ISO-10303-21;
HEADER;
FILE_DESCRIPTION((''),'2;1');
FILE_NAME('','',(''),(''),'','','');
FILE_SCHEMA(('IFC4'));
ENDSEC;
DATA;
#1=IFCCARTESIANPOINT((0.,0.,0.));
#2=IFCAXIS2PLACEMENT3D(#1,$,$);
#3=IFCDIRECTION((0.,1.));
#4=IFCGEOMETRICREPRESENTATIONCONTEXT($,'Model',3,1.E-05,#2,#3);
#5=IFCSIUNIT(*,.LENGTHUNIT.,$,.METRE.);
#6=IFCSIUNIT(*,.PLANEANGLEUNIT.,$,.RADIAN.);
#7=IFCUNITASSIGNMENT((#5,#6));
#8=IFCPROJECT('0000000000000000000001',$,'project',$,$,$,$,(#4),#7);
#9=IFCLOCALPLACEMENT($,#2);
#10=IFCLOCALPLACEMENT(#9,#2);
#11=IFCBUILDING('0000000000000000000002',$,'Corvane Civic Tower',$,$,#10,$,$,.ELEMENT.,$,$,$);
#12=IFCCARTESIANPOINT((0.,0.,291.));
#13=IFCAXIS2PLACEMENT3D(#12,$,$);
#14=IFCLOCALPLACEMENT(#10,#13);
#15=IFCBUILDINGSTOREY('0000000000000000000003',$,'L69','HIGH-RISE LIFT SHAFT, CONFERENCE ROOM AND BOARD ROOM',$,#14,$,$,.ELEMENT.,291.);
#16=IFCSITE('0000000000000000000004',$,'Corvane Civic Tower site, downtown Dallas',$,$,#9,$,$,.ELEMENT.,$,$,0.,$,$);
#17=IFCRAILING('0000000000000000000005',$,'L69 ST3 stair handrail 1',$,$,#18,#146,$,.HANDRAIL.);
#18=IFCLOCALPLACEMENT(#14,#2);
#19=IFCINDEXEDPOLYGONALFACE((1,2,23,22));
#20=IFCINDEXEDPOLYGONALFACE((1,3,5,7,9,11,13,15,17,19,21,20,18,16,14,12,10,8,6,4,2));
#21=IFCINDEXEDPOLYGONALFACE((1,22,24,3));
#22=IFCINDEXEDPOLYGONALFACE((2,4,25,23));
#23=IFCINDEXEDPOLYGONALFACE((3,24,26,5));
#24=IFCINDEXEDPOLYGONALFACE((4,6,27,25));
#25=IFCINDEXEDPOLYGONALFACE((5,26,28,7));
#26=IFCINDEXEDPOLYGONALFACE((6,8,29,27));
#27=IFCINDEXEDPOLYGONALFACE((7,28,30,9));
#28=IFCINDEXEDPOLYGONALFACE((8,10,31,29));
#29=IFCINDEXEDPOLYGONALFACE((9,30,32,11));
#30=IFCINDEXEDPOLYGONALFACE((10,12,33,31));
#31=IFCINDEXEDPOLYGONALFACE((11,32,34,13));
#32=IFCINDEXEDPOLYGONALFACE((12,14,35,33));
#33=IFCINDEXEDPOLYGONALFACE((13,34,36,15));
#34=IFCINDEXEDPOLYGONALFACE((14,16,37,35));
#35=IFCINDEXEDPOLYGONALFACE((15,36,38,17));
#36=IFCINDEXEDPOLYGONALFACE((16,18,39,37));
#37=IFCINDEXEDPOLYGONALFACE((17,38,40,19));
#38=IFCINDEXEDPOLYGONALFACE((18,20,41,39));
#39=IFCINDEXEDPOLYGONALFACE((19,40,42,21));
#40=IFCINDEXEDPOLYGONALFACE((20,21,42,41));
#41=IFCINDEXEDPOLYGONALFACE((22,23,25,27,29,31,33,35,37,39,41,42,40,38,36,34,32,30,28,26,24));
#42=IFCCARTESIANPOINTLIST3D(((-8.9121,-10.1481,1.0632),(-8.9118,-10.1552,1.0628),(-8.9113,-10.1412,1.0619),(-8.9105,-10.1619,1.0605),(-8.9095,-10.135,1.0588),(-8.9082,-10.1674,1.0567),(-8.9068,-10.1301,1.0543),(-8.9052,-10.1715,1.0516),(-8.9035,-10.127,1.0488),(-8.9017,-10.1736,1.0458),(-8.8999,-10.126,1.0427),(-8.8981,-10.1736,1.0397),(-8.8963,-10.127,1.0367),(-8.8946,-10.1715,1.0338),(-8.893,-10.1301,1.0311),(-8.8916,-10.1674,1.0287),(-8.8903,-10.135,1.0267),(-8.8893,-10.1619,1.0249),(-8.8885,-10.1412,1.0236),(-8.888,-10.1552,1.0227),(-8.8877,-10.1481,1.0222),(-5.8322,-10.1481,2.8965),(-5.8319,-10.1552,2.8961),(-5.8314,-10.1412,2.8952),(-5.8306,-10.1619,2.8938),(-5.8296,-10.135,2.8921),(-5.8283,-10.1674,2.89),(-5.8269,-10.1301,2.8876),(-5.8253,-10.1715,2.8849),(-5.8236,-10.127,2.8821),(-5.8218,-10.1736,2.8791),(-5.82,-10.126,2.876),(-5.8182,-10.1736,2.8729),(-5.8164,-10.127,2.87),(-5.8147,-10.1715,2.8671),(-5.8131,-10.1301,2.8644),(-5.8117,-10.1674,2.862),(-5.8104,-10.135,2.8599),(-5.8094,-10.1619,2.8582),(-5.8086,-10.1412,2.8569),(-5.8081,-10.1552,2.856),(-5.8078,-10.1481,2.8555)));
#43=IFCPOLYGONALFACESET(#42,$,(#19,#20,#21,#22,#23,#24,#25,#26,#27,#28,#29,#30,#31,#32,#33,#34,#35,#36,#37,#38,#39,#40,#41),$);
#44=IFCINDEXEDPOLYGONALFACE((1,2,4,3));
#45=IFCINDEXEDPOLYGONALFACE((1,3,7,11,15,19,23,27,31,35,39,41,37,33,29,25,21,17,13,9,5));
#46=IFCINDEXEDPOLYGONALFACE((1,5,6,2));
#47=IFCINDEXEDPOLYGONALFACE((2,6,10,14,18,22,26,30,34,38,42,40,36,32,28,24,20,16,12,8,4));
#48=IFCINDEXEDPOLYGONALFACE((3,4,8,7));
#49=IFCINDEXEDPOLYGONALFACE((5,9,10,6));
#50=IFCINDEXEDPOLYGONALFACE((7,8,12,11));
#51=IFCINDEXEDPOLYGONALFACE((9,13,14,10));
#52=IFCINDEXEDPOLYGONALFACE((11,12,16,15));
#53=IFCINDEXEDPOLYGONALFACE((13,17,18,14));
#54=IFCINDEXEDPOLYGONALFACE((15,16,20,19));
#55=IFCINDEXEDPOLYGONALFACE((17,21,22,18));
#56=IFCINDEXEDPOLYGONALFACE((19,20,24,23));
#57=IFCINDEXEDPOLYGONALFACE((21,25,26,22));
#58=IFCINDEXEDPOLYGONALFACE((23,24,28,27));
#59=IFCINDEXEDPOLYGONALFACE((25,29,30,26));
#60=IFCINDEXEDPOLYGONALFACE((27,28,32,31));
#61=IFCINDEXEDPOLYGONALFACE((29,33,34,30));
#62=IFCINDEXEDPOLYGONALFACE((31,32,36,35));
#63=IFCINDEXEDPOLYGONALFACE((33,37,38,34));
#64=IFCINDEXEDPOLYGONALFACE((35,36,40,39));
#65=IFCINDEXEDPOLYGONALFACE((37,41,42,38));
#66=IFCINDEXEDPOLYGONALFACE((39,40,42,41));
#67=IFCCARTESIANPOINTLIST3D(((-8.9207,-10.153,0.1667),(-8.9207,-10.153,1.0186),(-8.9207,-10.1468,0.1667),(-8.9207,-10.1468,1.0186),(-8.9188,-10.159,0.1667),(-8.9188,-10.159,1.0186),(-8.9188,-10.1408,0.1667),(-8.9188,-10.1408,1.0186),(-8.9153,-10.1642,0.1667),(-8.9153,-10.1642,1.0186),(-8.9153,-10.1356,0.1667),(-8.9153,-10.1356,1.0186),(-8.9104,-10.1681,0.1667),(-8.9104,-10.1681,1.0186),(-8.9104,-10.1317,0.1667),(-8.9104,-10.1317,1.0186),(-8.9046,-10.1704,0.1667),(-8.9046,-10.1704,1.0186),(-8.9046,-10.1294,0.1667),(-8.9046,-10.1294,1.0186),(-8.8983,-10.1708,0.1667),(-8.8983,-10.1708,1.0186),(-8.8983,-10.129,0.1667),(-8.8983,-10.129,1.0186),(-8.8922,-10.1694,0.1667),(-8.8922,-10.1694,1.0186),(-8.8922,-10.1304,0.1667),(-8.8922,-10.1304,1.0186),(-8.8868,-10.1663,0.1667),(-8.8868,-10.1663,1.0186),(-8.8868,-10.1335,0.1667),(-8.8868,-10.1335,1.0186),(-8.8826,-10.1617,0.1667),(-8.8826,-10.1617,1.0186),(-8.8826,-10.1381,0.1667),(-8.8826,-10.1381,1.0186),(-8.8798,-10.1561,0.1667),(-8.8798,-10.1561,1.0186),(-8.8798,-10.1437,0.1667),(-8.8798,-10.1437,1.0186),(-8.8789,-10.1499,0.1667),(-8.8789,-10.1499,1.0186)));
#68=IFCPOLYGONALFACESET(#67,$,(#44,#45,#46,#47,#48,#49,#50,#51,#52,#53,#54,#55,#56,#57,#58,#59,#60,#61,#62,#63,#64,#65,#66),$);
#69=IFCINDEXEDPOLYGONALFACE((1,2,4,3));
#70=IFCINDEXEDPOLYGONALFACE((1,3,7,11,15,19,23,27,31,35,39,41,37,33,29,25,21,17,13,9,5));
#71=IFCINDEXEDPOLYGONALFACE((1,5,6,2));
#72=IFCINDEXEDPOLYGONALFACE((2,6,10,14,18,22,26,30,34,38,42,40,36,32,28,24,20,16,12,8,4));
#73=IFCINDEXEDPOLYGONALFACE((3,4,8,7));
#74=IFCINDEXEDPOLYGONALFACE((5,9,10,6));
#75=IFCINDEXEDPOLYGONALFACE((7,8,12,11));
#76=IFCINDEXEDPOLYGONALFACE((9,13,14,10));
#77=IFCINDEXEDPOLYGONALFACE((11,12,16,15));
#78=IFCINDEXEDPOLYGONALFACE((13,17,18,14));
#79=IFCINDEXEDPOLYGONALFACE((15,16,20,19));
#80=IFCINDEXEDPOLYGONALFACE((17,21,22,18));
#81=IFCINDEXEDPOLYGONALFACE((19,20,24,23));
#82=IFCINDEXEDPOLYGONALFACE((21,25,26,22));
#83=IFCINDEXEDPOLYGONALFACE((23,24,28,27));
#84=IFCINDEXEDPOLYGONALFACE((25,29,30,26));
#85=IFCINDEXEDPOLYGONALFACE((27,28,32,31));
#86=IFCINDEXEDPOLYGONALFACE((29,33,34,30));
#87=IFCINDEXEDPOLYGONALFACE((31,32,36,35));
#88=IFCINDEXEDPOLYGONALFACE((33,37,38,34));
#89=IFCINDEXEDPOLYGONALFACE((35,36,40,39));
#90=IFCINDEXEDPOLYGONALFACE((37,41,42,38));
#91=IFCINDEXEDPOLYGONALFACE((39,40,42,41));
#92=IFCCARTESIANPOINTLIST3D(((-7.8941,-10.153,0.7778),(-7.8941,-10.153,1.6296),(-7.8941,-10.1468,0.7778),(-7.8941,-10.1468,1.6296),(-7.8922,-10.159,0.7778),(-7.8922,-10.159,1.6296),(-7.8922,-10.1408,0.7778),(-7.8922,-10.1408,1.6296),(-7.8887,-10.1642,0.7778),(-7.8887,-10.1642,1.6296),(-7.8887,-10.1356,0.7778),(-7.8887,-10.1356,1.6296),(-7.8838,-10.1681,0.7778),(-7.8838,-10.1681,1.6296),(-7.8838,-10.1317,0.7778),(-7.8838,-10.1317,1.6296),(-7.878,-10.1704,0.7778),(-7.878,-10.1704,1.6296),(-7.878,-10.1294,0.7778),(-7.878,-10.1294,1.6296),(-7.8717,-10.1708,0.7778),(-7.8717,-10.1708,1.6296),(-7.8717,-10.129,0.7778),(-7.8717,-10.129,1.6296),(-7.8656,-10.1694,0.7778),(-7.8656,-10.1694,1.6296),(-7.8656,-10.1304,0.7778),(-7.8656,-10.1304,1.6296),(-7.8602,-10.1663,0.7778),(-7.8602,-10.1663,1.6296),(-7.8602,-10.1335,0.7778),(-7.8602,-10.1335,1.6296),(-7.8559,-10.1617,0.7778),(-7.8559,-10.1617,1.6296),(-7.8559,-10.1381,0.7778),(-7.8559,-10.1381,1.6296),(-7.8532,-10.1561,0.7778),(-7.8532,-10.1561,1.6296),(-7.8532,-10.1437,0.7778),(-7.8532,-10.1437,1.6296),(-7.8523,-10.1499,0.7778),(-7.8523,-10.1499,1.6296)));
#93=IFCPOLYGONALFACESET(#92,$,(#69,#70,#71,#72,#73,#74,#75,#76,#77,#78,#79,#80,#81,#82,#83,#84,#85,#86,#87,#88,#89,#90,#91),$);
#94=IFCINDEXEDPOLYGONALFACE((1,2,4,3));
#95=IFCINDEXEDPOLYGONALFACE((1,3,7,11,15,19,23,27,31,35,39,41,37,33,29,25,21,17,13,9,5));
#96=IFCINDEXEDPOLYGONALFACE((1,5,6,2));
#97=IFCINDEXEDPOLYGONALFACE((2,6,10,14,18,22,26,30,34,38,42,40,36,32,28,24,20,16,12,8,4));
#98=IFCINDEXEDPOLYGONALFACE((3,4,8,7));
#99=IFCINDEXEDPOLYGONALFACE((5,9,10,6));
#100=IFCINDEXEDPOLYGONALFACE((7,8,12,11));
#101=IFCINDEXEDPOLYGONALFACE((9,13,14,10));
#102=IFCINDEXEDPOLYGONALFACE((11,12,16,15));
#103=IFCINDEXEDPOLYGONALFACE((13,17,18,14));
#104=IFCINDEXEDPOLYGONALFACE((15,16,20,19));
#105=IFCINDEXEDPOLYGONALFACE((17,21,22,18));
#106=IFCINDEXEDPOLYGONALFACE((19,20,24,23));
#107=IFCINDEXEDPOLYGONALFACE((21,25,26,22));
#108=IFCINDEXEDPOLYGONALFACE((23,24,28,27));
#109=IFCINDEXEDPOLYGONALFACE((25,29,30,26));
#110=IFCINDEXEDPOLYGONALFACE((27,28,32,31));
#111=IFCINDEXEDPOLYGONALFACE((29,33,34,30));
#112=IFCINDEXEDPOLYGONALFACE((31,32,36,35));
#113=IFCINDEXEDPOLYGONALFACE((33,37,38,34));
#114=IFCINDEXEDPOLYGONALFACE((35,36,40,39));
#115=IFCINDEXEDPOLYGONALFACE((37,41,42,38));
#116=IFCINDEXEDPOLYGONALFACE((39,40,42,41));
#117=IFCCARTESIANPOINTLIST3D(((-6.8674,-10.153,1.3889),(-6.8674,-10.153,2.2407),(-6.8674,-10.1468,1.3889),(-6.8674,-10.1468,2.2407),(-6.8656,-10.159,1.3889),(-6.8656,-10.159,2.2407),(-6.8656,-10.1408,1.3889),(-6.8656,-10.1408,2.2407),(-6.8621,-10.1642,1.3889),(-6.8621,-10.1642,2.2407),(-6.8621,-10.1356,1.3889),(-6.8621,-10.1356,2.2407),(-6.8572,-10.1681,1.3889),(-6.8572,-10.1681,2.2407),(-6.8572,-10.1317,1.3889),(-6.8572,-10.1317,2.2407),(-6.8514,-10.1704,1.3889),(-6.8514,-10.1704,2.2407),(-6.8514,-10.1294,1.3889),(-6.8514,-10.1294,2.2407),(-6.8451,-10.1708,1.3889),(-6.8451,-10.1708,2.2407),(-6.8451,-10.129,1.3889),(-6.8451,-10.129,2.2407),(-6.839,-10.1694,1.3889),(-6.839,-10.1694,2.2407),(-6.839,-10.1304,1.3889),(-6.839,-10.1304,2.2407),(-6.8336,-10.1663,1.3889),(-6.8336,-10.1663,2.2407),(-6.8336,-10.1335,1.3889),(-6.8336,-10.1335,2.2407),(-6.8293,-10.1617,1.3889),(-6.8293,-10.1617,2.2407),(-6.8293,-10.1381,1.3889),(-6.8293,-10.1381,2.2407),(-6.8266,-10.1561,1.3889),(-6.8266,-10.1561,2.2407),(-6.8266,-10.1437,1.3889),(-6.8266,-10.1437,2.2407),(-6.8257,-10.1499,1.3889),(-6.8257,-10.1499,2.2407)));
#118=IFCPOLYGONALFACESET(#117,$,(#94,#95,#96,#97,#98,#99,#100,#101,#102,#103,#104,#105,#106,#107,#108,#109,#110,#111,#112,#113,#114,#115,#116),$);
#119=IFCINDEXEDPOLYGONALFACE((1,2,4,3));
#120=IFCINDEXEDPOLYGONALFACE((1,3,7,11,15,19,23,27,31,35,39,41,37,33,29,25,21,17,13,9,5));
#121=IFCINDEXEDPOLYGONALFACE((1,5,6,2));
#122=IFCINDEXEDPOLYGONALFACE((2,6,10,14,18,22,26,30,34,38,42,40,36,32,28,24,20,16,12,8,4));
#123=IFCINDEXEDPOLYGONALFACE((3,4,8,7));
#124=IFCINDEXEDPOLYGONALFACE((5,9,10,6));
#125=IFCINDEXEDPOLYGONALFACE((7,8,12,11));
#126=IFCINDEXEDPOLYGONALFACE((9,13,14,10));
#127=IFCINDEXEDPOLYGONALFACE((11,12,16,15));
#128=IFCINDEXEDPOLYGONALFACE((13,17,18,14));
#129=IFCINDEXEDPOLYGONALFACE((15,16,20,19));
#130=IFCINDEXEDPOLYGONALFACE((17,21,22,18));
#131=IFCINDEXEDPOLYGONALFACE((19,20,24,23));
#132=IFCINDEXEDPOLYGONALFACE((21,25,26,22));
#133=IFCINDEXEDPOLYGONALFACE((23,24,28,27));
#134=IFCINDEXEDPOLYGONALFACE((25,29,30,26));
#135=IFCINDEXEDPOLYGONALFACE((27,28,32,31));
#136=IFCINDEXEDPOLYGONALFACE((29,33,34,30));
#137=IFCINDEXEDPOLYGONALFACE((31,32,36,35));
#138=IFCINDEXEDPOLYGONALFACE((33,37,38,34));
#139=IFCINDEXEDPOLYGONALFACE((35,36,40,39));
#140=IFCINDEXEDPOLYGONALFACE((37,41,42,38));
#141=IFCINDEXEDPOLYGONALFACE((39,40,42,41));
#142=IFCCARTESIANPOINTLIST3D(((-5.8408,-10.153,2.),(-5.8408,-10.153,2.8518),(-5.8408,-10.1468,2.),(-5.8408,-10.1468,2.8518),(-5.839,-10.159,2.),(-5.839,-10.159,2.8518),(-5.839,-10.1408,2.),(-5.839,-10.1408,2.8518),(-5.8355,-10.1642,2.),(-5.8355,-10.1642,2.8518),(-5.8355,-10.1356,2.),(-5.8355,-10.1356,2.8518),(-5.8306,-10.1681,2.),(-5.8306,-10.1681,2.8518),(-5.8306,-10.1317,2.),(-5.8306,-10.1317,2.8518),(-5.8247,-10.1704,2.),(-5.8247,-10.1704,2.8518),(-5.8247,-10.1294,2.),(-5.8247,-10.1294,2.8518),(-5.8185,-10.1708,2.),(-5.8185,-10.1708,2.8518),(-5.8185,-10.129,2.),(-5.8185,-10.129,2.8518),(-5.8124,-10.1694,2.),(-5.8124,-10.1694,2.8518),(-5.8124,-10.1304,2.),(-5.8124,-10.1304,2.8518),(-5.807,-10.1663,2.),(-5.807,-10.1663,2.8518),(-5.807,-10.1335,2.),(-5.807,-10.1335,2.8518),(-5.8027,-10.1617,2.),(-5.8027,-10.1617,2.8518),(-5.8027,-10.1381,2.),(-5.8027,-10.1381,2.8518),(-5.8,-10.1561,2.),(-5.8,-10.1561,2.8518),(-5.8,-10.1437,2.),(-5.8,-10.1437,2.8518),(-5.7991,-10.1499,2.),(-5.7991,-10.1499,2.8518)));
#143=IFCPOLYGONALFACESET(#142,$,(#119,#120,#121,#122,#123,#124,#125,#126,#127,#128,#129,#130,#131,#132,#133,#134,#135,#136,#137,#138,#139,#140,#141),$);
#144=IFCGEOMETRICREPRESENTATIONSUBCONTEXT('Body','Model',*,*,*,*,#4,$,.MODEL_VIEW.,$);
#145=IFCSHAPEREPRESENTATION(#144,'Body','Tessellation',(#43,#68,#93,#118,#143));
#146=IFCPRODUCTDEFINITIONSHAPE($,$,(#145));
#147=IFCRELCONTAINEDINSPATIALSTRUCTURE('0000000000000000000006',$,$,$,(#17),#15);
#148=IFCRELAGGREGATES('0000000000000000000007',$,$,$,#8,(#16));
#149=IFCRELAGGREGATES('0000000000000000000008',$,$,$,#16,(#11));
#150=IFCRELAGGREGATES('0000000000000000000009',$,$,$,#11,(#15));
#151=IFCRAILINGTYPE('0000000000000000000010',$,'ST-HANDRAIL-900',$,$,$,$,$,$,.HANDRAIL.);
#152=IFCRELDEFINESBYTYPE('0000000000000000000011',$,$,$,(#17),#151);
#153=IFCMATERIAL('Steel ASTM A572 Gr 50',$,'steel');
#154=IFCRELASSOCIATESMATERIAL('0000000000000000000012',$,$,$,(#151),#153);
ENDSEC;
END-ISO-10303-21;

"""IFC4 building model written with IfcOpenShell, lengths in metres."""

from ifc_helpers import new_model, si_unit, direction, frame, origin, origin_2d, place, context, subcontext, project, spatial, circle, extrude, material, type_object, element, save


model = new_model("IFC4")

# Units and contexts
model_context = context("Model", 3, precision=1e-05, world=origin(), true_north=direction((0.0, 1.0)))
body_context = subcontext(model_context, "Body", "Model", "MODEL_VIEW")
ifc_project = project(units=[si_unit("LENGTHUNIT", "METRE"), si_unit("PLANEANGLEUNIT", "RADIAN")], contexts=[model_context])

# Site, building, storey
site_placement = place(None, origin())
site = spatial("IfcSite", under=ifc_project, at=site_placement, Name="Corvane Civic Tower site, downtown Dallas", CompositionType="ELEMENT", RefElevation=0.0)
building_placement = place(site_placement, origin())
building = spatial("IfcBuilding", under=site, at=building_placement, Name="Corvane Civic Tower", CompositionType="ELEMENT")
storey_placement = place(building_placement, frame((0.0, 0.0, 291.0)))
storey = spatial("IfcBuildingStorey", under=building, at=storey_placement, Name="L69", Description="HIGH-RISE LIFT SHAFT, CONFERENCE ROOM AND BOARD ROOM", CompositionType="ELEMENT", Elevation=291.0)

# Railing
ifc_material_1 = material(Name="Steel ASTM A572 Gr 50", Category="steel")
railing_type_1 = type_object("IfcRailingType", Name="ST-HANDRAIL-900", PredefinedType="HANDRAIL", material=ifc_material_1)
railing_1_placement = place(storey_placement, frame((-8.8999, -10.1499, 0.1667)))
element("IfcRailing", 1, at=railing_1_placement, inside=storey, type_object=railing_type_1, Name="L69 ST3 stair handrail 1", PredefinedType="HANDRAIL", context=body_context, shape_type="SweptSolid", body=[
    extrude(circle(Radius=0.0239, at=origin_2d()), frame((0.0, 0.0, 0.876), z_axis=(0.859291, 0.0, 0.511487), x_axis=(0.0, 1.0, 0.0)), (0.0, 0.0, 1.0), 3.5842),
    extrude(circle(Radius=0.021, at=origin_2d()), origin(), (0.0, 0.0, 1.0), 0.8518),
    extrude(circle(Radius=0.021, at=origin_2d()), frame((1.0266, 0.0, 0.6111)), (0.0, 0.0, 1.0), 0.8518),
    extrude(circle(Radius=0.021, at=origin_2d()), frame((2.0532, 0.0, 1.2222)), (0.0, 0.0, 1.0), 0.8518),
    extrude(circle(Radius=0.021, at=origin_2d()), frame((3.0798, 0.0, 1.8333)), (0.0, 0.0, 1.0), 0.8518),
])

save(model, "model.ifc")
